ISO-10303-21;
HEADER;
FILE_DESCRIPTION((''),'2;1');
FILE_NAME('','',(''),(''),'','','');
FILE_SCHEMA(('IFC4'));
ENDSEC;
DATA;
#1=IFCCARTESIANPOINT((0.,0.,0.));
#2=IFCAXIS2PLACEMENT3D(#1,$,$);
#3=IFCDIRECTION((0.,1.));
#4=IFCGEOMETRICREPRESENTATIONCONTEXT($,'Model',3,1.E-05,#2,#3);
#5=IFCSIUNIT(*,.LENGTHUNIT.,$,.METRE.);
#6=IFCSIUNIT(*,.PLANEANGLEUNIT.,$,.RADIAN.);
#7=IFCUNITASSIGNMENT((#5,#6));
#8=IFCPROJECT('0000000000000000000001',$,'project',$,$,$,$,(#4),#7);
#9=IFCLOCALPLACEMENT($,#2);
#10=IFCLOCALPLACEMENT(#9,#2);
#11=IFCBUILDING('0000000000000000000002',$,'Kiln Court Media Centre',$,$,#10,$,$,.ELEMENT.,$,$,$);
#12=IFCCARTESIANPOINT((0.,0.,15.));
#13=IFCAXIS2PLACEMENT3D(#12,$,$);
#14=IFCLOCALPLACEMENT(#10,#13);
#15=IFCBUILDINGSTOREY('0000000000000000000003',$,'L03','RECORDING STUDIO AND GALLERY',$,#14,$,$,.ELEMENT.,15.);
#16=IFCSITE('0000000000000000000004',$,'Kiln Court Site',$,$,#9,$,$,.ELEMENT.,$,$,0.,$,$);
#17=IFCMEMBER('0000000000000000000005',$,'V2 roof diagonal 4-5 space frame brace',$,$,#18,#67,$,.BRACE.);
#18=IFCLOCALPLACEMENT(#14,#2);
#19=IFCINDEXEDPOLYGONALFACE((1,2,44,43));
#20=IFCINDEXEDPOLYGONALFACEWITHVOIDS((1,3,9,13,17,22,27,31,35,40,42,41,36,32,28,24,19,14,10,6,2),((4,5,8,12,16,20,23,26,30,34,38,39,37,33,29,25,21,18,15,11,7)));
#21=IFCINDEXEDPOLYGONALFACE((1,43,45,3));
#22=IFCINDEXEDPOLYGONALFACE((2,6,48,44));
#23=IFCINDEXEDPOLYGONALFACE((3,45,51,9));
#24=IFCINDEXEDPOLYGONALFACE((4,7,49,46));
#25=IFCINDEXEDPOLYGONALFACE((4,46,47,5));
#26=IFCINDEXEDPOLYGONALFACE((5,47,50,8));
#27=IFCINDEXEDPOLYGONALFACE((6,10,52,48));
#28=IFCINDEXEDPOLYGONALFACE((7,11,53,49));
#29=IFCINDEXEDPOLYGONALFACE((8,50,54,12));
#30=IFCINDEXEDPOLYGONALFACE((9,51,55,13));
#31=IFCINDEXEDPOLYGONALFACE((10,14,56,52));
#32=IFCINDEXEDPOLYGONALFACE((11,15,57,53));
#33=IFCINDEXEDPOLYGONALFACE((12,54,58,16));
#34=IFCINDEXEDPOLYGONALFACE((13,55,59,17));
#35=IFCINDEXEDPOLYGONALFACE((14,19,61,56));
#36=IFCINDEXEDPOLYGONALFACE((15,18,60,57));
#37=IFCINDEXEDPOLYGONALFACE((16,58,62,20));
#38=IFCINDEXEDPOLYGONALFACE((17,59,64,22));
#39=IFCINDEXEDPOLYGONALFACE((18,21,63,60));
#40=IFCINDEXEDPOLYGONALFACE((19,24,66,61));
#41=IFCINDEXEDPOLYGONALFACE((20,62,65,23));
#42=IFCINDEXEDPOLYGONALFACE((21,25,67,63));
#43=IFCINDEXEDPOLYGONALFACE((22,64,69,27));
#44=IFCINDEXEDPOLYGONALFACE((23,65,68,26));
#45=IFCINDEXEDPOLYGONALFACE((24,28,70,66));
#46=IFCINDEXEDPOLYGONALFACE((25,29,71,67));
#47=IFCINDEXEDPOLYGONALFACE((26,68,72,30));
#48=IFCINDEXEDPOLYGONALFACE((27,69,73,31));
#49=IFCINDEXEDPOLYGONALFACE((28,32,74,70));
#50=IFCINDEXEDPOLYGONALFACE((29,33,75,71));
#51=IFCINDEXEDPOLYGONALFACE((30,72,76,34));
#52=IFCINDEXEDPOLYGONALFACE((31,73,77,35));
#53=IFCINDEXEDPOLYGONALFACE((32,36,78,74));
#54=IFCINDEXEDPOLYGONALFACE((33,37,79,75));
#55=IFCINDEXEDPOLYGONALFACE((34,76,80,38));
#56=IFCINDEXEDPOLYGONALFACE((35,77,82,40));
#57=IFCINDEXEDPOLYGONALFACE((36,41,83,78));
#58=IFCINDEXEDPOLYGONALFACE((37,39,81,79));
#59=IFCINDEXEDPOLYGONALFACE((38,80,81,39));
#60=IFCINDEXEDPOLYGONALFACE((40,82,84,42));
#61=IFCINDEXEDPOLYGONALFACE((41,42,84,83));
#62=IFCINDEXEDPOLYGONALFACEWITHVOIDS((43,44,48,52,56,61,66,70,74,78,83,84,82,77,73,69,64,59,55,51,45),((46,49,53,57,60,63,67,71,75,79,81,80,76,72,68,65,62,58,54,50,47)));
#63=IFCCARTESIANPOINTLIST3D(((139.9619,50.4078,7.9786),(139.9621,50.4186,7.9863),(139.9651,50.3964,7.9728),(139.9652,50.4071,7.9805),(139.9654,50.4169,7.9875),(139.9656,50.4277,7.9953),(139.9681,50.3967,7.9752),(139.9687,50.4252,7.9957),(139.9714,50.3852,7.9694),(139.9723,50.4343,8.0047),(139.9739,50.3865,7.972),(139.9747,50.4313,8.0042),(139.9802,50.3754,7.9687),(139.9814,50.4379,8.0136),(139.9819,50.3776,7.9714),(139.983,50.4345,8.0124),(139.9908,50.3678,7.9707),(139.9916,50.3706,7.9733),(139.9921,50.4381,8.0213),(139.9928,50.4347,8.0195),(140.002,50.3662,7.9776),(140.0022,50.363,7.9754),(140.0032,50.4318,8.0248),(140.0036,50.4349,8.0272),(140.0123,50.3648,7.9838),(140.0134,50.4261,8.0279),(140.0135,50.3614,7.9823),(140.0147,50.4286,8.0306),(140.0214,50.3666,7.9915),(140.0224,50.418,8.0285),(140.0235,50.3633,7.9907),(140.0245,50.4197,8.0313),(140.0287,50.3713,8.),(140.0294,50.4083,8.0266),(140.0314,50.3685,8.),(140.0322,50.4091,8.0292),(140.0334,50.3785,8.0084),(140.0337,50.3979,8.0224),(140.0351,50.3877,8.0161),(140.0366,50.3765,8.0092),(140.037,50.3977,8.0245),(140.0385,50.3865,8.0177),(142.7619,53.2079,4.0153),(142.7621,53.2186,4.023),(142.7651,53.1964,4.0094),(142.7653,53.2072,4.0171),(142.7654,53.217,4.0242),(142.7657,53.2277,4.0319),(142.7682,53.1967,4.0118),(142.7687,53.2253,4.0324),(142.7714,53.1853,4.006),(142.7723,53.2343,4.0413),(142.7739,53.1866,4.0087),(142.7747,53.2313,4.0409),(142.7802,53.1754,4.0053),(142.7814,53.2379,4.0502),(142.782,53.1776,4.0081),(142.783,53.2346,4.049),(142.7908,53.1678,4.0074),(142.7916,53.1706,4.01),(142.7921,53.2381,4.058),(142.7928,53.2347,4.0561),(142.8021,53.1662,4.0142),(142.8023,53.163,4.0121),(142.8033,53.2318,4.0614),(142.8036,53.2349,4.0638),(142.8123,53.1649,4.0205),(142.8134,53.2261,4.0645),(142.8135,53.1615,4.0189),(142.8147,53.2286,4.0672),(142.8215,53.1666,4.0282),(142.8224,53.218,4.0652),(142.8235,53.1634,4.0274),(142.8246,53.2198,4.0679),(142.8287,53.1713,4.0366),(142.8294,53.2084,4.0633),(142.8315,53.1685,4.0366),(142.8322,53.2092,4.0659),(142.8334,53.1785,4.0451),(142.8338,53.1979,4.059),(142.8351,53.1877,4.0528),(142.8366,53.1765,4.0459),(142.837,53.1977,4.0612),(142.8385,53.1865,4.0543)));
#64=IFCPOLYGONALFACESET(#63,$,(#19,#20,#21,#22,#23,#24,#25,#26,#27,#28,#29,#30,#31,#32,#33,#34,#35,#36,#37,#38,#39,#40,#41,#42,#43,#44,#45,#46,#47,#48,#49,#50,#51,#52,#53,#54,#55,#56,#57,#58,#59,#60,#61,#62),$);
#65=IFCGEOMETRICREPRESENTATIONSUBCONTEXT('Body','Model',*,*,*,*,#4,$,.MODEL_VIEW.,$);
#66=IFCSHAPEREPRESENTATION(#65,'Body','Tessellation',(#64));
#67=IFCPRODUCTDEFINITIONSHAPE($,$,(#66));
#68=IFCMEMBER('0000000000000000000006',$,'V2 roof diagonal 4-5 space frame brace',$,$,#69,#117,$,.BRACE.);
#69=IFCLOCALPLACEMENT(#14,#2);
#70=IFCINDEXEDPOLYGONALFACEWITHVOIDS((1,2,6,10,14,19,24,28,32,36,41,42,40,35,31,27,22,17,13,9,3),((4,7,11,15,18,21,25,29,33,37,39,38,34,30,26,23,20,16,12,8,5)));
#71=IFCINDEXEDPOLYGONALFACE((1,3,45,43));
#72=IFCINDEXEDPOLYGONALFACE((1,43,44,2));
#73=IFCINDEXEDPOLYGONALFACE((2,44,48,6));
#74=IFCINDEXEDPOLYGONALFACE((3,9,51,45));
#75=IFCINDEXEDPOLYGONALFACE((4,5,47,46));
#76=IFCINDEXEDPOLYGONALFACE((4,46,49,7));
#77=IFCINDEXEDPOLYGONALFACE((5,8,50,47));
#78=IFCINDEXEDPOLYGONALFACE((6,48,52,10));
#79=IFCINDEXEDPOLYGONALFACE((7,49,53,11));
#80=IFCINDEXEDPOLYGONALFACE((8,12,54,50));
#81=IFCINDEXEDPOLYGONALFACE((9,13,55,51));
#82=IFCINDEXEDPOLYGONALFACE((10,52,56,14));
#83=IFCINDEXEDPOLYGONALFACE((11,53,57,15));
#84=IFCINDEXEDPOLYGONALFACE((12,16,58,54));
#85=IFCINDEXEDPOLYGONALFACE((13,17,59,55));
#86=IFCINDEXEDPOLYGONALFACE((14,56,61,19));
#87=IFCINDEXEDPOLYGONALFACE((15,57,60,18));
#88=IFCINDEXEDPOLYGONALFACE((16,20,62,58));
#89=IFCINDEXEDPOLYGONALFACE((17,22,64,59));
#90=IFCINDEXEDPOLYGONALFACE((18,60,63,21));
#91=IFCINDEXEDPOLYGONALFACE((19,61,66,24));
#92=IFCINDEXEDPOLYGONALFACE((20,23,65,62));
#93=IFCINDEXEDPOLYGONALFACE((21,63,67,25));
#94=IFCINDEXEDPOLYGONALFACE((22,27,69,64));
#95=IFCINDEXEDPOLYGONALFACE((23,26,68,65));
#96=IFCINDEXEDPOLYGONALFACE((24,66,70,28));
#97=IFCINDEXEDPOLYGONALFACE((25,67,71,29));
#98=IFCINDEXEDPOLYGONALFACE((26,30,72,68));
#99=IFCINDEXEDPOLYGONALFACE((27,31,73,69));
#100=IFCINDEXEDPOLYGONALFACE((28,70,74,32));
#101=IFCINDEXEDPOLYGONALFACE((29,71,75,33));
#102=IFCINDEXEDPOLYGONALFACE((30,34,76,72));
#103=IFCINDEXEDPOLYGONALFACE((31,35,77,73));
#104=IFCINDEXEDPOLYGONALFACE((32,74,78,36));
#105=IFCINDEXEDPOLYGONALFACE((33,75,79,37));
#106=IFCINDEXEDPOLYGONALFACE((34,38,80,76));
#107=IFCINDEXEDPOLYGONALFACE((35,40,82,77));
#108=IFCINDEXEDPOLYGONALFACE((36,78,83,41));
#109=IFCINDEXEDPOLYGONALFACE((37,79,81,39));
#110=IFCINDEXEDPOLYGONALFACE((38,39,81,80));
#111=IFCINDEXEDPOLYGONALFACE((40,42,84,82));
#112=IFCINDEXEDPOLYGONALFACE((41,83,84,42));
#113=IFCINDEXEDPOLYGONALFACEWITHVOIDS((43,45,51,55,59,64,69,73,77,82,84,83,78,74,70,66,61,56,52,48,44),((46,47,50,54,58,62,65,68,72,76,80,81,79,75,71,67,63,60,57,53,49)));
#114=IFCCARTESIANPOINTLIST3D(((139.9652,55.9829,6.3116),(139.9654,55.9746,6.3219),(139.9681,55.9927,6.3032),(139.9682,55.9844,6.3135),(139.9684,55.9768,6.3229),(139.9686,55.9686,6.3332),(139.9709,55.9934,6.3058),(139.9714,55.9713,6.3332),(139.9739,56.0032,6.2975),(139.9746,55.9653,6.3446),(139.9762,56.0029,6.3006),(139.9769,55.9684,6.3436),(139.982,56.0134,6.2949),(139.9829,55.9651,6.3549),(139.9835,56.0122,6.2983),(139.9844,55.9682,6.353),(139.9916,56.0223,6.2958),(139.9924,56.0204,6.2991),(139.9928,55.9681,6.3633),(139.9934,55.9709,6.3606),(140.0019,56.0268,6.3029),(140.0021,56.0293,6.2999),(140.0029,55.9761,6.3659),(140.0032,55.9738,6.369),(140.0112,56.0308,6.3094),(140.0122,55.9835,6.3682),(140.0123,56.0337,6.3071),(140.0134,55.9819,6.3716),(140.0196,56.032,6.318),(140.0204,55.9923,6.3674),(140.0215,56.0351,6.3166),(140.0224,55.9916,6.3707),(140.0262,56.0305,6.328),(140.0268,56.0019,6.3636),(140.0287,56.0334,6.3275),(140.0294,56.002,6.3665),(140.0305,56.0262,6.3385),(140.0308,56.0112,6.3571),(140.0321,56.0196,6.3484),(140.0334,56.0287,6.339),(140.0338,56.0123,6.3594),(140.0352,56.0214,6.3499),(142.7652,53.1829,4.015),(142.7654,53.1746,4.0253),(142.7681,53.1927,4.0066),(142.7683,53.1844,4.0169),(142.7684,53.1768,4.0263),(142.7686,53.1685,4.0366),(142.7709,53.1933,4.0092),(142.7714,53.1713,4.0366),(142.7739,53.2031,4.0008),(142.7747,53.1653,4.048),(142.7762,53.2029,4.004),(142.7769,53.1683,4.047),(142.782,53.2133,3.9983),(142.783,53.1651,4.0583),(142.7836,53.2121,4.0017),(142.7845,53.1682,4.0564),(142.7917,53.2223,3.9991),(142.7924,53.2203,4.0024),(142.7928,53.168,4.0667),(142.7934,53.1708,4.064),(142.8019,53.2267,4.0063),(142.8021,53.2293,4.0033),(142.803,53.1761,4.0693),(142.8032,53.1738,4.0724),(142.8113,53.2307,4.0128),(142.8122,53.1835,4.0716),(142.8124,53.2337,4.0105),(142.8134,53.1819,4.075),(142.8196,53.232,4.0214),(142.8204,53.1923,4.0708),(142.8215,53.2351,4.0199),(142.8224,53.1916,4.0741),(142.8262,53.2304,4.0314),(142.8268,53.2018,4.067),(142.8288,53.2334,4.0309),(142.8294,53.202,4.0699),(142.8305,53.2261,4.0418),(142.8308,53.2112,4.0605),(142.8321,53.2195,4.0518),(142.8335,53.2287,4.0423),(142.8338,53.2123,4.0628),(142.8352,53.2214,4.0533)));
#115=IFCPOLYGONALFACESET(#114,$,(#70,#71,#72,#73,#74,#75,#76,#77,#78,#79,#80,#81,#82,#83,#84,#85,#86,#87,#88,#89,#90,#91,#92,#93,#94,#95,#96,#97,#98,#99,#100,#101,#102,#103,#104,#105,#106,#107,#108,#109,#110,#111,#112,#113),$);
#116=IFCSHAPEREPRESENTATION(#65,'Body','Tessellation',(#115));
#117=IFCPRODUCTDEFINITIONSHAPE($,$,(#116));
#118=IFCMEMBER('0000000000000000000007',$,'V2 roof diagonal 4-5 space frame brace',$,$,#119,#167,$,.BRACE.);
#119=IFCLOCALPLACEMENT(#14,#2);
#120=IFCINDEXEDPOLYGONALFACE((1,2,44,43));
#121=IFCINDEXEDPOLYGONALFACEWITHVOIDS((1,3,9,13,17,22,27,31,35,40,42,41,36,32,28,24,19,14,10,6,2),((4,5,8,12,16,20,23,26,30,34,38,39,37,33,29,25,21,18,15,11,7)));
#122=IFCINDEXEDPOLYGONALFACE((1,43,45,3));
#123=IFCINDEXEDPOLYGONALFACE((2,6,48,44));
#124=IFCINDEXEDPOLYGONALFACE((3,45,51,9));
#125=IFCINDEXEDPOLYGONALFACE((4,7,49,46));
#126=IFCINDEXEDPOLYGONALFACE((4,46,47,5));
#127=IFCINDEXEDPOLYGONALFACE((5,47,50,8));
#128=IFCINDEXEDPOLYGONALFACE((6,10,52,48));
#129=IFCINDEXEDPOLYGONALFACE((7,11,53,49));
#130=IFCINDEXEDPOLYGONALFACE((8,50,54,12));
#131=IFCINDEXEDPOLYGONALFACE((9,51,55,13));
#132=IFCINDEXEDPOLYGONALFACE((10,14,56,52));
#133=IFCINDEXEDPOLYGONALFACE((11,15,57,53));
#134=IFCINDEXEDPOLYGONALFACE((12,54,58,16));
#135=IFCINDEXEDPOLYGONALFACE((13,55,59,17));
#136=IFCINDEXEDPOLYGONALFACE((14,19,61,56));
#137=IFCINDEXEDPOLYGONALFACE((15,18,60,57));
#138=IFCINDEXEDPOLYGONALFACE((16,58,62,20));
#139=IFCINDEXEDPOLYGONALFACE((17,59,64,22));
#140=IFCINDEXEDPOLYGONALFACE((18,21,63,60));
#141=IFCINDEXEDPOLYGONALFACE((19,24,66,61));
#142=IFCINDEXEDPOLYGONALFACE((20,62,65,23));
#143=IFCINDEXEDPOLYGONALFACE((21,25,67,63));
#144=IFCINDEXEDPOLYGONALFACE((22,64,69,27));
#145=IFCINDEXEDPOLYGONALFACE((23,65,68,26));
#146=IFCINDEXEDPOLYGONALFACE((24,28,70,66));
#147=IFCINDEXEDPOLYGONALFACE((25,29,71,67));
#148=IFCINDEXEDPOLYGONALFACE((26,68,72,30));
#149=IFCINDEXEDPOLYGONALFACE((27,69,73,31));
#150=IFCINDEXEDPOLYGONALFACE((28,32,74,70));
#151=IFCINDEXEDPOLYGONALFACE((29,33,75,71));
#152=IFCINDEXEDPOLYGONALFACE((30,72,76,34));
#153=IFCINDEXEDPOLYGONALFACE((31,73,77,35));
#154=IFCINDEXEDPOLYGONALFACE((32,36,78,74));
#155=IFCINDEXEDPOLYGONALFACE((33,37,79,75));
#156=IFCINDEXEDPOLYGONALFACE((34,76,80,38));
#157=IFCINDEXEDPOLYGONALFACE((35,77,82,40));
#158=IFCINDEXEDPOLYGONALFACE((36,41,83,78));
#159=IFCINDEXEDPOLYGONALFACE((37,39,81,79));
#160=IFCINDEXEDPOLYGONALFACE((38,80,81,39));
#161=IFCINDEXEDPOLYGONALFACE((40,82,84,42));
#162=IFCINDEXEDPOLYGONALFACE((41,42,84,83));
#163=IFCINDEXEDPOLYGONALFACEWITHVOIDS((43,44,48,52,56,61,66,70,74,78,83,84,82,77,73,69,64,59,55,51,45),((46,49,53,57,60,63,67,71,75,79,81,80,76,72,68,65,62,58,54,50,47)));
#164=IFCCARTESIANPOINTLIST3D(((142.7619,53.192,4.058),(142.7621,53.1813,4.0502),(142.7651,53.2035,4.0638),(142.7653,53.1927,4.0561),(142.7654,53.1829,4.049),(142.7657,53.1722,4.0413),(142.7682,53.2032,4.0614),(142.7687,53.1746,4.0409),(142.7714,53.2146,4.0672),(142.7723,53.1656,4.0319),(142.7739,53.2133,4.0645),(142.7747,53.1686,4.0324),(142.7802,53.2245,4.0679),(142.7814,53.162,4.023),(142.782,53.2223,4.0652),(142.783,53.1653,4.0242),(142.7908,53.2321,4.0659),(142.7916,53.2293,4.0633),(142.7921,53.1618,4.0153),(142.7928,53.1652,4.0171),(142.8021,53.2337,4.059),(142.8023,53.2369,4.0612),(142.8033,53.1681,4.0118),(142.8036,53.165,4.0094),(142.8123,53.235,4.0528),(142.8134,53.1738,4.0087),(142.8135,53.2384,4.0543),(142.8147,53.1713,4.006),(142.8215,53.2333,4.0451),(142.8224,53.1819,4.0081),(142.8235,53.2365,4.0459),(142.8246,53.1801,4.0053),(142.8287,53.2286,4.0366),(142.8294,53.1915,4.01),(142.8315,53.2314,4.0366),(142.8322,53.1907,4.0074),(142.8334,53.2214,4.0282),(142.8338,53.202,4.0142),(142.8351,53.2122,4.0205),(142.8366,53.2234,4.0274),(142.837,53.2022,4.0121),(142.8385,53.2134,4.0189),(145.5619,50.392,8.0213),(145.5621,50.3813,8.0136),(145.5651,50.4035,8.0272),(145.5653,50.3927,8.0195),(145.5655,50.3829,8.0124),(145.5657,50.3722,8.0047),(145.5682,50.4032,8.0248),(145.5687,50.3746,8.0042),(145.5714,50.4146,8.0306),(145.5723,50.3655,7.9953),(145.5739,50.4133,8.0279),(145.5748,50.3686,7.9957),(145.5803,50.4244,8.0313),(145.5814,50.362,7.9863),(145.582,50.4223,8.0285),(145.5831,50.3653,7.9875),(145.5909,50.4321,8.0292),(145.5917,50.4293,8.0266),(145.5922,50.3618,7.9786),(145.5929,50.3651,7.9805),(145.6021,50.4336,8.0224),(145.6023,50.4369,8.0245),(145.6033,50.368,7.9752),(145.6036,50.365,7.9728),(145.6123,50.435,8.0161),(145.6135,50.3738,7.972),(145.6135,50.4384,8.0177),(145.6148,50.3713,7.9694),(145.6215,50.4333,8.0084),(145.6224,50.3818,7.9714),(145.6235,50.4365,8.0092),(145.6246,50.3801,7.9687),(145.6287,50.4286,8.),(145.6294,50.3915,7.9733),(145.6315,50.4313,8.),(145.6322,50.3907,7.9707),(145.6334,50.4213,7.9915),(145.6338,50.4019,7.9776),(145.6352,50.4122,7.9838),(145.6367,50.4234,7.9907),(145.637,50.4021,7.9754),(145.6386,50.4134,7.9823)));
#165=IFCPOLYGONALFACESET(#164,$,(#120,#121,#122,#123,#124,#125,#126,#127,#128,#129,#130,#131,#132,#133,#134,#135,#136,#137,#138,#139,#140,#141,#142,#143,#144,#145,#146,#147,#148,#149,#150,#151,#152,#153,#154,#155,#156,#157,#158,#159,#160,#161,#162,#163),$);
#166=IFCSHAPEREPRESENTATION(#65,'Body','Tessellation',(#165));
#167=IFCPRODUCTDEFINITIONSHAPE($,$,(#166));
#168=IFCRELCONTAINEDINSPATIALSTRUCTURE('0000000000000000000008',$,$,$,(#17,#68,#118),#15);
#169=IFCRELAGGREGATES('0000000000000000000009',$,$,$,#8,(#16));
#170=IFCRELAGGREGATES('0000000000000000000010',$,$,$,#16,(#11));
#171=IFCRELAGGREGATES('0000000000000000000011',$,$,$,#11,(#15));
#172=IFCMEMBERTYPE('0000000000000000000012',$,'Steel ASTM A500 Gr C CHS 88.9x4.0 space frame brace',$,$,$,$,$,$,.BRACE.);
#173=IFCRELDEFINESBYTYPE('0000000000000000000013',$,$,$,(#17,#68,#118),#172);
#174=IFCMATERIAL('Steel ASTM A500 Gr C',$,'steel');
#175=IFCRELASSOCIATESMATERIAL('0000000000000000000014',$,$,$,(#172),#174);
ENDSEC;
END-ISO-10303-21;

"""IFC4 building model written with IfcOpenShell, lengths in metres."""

from ifc_helpers import new_model, si_unit, direction, frame, origin, origin_2d, place, context, subcontext, project, spatial, hollow_circle, extrude, material, material_profile, profile_set, type_object, element, save


model = new_model("IFC4")

# Units and contexts
model_context = context("Model", 3, precision=1e-05, world=origin(), true_north=direction((0.0, 1.0)))
body_context = subcontext(model_context, "Body", "Model", "MODEL_VIEW")
ifc_project = project(units=[si_unit("LENGTHUNIT", "METRE"), si_unit("PLANEANGLEUNIT", "RADIAN")], contexts=[model_context])

# Site, building, storey
site_placement = place(None, origin())
site = spatial("IfcSite", under=ifc_project, at=site_placement, Name="Kiln Court Site", CompositionType="ELEMENT", RefElevation=0.0)
building_placement = place(site_placement, origin())
building = spatial("IfcBuilding", under=site, at=building_placement, Name="Kiln Court Media Centre", CompositionType="ELEMENT")
storey_placement = place(building_placement, frame((0.0, 0.0, 15.0)))
storey = spatial("IfcBuildingStorey", under=building, at=storey_placement, Name="L03", Description="RECORDING STUDIO AND GALLERY", CompositionType="ELEMENT", Elevation=15.0)

# Members
ifc_material_1 = material(Name="Steel ASTM A500 Gr C", Category="steel")
ifc_material_profile_1 = material_profile(ifc_material_1, hollow_circle(Radius=0.0444, WallThickness=0.0039, at=origin_2d()), Name="CHS 88.9x4.0")
ifc_profile_set_1 = profile_set([ifc_material_profile_1], Name="Steel ASTM A500 Gr C")
member_type_1 = type_object("IfcMemberType", Name="Steel ASTM A500 Gr C CHS 88.9x4.0 space frame brace", PredefinedType="BRACE", material=ifc_profile_set_1)
member_1_placement = place(storey_placement, frame((142.8, 53.2, 4.0366), z_axis=(-0.499778, -0.499778, 0.70742), x_axis=(0.707107, -0.707107, 0.0)))
element("IfcMember", 1, at=member_1_placement, inside=storey, type_object=member_type_1, Name="V2 roof diagonal 4-5 space frame brace", PredefinedType="BRACE", context=body_context, shape_type="SweptSolid", body=[
    extrude(hollow_circle(Radius=0.0444, WallThickness=0.0039, at=origin_2d()), origin(), (0.0, 0.0, 1.0), 5.6025),
])
member_2_placement = place(storey_placement, frame((142.8, 53.2, 4.0366), z_axis=(-0.611676, 0.611676, 0.501703), x_axis=(-0.707107, -0.707107, 0.0)))
element("IfcMember", 2, at=member_2_placement, inside=storey, type_object=member_type_1, Name="V2 roof diagonal 4-5 space frame brace", PredefinedType="BRACE", context=body_context, shape_type="SweptSolid", body=[
    extrude(hollow_circle(Radius=0.0444, WallThickness=0.0039, at=origin_2d()), origin(), (0.0, 0.0, 1.0), 4.5776),
])
member_3_placement = place(storey_placement, frame((142.8, 53.2, 4.0366), z_axis=(0.499778, -0.499778, 0.70742), x_axis=(0.707107, 0.707107, 0.0)))
element("IfcMember", 3, at=member_3_placement, inside=storey, type_object=member_type_1, Name="V2 roof diagonal 4-5 space frame brace", PredefinedType="BRACE", context=body_context, shape_type="SweptSolid", body=[
    extrude(hollow_circle(Radius=0.0444, WallThickness=0.0039, at=origin_2d()), origin(), (0.0, 0.0, 1.0), 5.6025),
])

save(model, "model.ifc")
